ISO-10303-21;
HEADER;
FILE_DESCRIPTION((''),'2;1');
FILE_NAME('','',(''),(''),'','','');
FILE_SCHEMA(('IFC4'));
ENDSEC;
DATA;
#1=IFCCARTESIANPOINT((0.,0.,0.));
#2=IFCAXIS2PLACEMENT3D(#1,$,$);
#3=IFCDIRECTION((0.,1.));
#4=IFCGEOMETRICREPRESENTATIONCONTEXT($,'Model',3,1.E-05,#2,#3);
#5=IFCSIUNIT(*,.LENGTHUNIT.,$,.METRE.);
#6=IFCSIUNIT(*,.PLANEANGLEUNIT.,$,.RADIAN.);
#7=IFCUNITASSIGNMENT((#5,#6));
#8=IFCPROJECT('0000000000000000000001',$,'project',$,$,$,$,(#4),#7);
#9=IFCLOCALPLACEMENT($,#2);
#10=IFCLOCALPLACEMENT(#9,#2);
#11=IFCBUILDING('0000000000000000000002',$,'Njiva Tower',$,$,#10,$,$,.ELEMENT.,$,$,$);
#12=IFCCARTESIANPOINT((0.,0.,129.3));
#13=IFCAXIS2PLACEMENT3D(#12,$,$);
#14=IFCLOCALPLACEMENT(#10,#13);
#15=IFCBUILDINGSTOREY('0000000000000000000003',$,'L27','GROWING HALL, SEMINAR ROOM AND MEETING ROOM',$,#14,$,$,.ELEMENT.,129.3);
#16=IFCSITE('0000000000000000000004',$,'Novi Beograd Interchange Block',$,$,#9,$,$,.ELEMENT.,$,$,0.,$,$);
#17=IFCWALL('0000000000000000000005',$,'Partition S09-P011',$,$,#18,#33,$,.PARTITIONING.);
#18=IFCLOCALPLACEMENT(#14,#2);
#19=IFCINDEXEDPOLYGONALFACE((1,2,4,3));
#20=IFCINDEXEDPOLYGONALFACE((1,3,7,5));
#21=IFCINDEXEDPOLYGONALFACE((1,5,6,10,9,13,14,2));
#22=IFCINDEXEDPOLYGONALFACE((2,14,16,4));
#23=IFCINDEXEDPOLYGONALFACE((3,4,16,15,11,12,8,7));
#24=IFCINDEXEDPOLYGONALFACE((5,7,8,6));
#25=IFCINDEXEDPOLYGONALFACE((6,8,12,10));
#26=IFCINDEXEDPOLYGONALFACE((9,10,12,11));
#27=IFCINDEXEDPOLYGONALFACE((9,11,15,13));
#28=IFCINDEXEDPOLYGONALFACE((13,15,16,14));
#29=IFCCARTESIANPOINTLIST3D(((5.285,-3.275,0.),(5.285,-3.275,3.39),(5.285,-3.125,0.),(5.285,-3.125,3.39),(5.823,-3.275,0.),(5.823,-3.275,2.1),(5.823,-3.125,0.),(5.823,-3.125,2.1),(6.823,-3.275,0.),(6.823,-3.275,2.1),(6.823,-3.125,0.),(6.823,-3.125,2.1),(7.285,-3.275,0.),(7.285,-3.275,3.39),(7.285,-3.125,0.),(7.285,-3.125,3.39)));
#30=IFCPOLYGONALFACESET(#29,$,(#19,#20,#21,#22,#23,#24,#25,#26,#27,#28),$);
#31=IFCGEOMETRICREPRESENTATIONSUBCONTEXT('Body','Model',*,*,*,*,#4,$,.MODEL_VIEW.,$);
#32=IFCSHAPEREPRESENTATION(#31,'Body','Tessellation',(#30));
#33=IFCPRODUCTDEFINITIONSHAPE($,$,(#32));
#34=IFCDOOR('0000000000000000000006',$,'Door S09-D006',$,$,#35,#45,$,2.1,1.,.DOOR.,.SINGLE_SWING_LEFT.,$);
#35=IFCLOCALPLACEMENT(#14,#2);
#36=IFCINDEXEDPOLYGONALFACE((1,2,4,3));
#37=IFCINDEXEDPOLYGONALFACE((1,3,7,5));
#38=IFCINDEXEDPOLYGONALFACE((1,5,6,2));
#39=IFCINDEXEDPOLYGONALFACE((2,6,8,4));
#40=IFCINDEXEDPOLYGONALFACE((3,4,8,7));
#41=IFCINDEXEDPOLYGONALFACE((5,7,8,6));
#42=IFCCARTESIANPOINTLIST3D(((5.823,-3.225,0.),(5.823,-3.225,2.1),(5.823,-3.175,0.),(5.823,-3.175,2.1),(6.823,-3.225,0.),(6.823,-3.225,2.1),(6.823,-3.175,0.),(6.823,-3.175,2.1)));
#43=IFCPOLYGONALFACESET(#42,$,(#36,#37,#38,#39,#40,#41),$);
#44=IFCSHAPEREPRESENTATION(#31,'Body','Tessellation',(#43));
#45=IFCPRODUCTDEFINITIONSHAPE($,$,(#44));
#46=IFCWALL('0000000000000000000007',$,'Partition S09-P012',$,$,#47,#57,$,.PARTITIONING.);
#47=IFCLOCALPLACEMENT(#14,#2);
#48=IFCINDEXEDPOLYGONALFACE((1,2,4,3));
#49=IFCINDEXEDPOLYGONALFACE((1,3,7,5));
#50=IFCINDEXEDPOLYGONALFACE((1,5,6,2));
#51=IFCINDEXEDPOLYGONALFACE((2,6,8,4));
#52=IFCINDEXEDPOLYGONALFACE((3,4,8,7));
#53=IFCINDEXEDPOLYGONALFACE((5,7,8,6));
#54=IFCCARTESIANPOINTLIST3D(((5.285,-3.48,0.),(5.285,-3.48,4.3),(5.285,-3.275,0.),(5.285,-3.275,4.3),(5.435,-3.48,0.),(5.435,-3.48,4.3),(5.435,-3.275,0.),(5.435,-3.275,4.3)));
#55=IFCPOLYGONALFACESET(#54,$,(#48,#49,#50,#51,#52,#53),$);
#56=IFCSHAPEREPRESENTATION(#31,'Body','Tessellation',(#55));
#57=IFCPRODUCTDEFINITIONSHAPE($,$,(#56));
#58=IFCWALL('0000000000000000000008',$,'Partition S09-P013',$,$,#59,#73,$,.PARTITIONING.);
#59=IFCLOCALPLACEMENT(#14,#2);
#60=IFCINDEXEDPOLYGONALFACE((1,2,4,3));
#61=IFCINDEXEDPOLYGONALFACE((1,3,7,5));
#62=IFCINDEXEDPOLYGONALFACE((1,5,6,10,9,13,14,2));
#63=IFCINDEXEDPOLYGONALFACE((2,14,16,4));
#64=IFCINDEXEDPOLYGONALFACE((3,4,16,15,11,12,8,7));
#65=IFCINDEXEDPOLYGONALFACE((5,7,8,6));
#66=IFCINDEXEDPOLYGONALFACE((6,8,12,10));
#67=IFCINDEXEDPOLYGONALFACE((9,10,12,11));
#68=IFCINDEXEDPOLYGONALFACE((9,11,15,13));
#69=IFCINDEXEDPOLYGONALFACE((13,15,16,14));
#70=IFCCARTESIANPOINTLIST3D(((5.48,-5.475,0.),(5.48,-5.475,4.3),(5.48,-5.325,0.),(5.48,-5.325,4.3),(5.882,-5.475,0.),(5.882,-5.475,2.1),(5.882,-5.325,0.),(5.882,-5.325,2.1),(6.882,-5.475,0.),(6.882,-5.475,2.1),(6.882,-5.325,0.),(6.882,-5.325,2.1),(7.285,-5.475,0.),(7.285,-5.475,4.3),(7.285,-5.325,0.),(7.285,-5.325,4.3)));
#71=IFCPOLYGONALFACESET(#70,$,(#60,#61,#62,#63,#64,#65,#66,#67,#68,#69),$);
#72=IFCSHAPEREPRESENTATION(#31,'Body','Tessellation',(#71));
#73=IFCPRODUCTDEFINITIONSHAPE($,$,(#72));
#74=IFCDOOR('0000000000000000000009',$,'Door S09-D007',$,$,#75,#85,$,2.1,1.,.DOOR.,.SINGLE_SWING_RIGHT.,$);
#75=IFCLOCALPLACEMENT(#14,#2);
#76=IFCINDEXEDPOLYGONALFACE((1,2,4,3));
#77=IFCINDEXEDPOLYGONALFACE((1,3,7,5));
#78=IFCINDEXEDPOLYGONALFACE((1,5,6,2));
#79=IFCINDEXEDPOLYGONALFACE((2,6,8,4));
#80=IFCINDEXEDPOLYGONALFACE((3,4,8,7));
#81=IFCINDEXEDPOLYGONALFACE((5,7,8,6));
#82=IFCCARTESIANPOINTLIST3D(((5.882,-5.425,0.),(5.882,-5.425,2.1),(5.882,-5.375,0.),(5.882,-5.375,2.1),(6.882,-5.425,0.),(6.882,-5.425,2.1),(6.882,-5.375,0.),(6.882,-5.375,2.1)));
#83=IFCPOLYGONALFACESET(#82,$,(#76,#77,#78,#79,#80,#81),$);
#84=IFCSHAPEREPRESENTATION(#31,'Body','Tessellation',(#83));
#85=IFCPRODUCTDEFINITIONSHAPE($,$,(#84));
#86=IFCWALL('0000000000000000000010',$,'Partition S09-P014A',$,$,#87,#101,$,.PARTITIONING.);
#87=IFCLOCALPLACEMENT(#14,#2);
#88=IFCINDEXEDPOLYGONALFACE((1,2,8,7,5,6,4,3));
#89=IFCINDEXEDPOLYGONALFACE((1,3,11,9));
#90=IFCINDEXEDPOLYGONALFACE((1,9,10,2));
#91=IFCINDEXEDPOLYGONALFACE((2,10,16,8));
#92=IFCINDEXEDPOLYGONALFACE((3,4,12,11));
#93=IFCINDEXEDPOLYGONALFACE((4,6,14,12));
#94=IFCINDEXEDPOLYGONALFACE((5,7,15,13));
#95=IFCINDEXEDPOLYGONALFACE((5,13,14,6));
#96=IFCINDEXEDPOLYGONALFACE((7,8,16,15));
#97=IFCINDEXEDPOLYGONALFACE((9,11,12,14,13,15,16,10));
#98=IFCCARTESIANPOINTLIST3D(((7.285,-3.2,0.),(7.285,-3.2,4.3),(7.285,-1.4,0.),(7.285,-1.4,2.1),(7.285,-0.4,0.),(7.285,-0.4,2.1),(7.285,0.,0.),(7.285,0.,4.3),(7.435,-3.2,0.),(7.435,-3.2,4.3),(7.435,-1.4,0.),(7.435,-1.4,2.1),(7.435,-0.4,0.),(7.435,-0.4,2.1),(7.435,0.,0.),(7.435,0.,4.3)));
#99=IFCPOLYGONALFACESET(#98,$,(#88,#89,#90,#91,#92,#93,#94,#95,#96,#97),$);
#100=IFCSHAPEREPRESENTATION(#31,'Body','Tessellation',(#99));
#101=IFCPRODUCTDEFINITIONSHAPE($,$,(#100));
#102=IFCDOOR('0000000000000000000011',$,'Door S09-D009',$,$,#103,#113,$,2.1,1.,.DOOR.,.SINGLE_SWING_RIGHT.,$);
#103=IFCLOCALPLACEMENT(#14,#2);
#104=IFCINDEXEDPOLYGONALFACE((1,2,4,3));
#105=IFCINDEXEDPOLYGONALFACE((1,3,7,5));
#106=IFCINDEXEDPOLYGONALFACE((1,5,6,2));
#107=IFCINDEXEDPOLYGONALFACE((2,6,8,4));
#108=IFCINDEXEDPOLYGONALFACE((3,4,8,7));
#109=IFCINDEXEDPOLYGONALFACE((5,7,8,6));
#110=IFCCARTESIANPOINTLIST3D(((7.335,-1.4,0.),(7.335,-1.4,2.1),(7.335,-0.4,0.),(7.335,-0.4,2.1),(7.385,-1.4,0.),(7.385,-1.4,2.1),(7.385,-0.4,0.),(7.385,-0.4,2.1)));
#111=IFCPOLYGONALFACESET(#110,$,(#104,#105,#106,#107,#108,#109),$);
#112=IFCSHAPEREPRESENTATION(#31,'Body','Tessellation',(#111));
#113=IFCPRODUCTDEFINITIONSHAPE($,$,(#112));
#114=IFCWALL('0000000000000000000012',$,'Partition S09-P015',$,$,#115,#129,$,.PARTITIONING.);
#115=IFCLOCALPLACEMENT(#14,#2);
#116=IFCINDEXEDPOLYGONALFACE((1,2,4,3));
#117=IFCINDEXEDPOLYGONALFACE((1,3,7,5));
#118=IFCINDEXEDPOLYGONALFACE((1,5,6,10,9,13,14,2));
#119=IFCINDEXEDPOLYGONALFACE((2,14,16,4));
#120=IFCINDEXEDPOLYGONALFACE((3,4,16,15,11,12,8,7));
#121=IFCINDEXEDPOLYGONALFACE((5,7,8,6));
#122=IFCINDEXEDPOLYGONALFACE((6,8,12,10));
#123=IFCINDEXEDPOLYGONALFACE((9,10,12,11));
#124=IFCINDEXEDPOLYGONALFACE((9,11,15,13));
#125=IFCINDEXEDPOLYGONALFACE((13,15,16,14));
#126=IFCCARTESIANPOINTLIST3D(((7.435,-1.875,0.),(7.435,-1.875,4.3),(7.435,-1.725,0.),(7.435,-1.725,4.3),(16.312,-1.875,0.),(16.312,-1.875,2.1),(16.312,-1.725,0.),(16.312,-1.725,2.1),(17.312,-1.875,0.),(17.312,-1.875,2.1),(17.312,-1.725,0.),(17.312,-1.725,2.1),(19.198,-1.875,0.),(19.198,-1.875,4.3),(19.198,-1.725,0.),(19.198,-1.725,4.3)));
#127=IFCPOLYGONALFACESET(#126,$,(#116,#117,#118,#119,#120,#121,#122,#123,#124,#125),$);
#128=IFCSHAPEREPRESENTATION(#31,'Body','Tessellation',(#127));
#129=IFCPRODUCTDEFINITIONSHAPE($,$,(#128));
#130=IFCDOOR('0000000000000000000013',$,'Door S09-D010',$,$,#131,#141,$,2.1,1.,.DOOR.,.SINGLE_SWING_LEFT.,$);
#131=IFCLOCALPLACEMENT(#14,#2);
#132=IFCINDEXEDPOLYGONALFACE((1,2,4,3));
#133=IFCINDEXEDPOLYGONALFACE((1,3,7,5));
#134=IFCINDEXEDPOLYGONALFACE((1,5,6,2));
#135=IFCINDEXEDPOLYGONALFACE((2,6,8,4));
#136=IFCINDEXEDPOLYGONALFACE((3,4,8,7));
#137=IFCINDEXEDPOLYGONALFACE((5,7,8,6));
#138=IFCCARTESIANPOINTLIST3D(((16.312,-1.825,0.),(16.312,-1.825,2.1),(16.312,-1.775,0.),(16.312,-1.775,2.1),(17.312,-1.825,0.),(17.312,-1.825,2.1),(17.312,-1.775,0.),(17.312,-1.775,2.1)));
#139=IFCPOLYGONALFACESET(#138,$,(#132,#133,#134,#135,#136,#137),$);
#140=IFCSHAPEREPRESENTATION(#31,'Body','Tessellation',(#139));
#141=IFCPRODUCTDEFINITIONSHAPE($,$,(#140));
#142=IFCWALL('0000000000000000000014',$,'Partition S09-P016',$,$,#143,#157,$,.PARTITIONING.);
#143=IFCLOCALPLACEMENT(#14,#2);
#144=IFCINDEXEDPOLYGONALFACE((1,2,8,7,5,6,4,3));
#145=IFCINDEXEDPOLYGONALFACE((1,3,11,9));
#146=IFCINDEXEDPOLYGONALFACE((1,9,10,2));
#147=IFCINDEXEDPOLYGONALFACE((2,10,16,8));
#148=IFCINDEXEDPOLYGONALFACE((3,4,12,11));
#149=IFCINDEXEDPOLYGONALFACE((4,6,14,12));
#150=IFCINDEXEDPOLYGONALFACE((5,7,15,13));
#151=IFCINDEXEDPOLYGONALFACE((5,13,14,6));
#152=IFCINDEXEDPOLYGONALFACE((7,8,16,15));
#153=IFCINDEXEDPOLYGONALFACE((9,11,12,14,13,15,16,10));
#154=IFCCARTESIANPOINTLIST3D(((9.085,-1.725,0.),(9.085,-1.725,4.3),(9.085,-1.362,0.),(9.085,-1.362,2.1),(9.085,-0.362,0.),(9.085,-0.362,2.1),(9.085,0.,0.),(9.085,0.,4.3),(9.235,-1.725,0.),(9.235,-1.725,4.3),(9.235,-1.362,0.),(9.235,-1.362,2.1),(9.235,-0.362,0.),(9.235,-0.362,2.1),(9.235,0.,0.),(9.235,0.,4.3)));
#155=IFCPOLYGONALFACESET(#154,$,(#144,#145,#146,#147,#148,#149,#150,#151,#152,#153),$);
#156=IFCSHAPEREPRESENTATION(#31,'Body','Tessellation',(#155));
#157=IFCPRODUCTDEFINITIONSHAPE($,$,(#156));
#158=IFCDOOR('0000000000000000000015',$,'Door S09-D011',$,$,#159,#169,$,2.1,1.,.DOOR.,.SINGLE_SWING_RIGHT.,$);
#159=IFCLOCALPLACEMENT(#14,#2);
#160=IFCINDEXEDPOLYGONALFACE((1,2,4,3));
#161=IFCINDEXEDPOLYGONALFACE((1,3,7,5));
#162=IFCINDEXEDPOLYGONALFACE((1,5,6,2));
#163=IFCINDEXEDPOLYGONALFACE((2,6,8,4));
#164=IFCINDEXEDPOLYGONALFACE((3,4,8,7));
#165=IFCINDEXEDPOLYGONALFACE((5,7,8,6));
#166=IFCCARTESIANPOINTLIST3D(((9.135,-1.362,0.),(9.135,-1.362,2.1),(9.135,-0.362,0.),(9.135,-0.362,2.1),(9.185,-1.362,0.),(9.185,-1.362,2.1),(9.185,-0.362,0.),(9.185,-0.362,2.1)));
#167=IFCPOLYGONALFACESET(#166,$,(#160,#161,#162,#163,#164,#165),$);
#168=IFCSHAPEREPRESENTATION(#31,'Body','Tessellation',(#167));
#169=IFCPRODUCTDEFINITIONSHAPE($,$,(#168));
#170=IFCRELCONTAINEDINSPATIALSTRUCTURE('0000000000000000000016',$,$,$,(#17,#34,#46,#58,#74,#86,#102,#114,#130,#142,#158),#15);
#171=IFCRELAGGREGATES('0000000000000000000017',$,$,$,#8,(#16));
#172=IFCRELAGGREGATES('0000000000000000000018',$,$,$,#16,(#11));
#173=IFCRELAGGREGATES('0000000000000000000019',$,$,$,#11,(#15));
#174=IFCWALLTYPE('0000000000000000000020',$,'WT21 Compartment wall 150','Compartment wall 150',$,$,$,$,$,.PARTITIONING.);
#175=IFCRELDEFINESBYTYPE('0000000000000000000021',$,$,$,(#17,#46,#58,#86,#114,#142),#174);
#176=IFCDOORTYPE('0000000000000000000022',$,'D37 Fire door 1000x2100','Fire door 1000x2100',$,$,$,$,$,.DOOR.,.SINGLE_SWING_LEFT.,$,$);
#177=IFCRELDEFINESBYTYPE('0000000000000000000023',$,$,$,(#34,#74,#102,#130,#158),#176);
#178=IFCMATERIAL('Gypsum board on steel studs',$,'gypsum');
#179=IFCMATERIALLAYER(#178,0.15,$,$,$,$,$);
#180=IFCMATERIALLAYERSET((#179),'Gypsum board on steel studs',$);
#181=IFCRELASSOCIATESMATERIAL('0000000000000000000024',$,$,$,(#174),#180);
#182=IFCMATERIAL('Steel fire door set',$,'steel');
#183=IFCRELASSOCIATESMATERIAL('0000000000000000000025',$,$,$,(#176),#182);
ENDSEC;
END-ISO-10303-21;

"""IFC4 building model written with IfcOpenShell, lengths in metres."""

from ifc_helpers import new_model, si_unit, direction, frame, frame_2d, origin, place, context, subcontext, project, spatial, rectangle, extrude, material, layer, layer_set, type_object, element, fill, save


model = new_model("IFC4")

# Units and contexts
model_context = context("Model", 3, precision=1e-05, world=origin(), true_north=direction((0.0, 1.0)))
body_context = subcontext(model_context, "Body", "Model", "MODEL_VIEW")
ifc_project = project(units=[si_unit("LENGTHUNIT", "METRE"), si_unit("PLANEANGLEUNIT", "RADIAN")], contexts=[model_context])

# Site, building, storey
site_placement = place(None, origin())
site = spatial("IfcSite", under=ifc_project, at=site_placement, Name="Novi Beograd Interchange Block", CompositionType="ELEMENT", RefElevation=0.0)
building_placement = place(site_placement, origin())
building = spatial("IfcBuilding", under=site, at=building_placement, Name="Njiva Tower", CompositionType="ELEMENT")
storey_placement = place(building_placement, frame((0.0, 0.0, 129.3)))
storey = spatial("IfcBuildingStorey", under=building, at=storey_placement, Name="L27", Description="GROWING HALL, SEMINAR ROOM AND MEETING ROOM", CompositionType="ELEMENT", Elevation=129.3)

# Wall, opening, door
ifc_material_1 = material(Name="Gypsum board on steel studs", Category="gypsum")
ifc_layer_1 = layer(ifc_material_1, 0.15)
ifc_layer_set_1 = layer_set([ifc_layer_1], Name="Gypsum board on steel studs")
wall_type_1 = type_object("IfcWallType", Name="WT21 Compartment wall 150", Description="Compartment wall 150", PredefinedType="PARTITIONING", material=ifc_layer_set_1)
wall_1_placement = place(storey_placement, frame((5.285, -3.2, 0.0), z_axis=(0.0, 0.0, 1.0), x_axis=(1.0, 0.0, 0.0)))
wall_1 = element("IfcWall", 1, at=wall_1_placement, inside=storey, type_object=wall_type_1, Name="Partition S09-P011", PredefinedType="PARTITIONING", context=body_context, shape_type="SweptSolid", body=[
    extrude(rectangle(XDim=2.0, YDim=0.15, at=frame_2d((1.0, 0.0))), origin(), (0.0, 0.0, 1.0), 3.39),
])
opening_1_placement = place(wall_1_placement, frame((0.538, 0.0, 0.0)))
opening_1 = element("IfcOpeningElement", 2, at=opening_1_placement, cuts=wall_1, PredefinedType="OPENING", context=body_context, shape_type="SweptSolid", body=[
    extrude(rectangle(XDim=1.0, YDim=2.1, at=frame_2d((0.5, 1.05))), frame((0.0, 0.085, 0.0), z_axis=(0.0, -1.0, 0.0), x_axis=(1.0, 0.0, 0.0)), (0.0, 0.0, 1.0), 0.17),
])
ifc_material_2 = material(Name="Steel fire door set", Category="steel")
door_type = type_object("IfcDoorType", Name="D37 Fire door 1000x2100", Description="Fire door 1000x2100", OperationType="SINGLE_SWING_LEFT", PredefinedType="DOOR", material=ifc_material_2)
door_1_placement = place(opening_1_placement, origin())
door_1 = element("IfcDoor", 3, at=door_1_placement, inside=storey, type_object=door_type, Name="Door S09-D006", OperationType="SINGLE_SWING_LEFT", OverallHeight=2.1, OverallWidth=1.0, PredefinedType="DOOR", context=body_context, shape_type="SweptSolid", body=[
    extrude(rectangle(XDim=1.0, YDim=2.1, at=frame_2d((0.5, 1.05))), frame((0.0, 0.025, 0.0), z_axis=(0.0, -1.0, 0.0), x_axis=(1.0, 0.0, 0.0)), (0.0, 0.0, 1.0), 0.05),
])
fill(opening_1, door_1)

# Wall
wall_2_placement = place(storey_placement, frame((5.36, -3.48, 0.0), z_axis=(0.0, 0.0, 1.0), x_axis=(0.0, 1.0, 0.0)))
element("IfcWall", 4, at=wall_2_placement, inside=storey, type_object=wall_type_1, Name="Partition S09-P012", PredefinedType="PARTITIONING", context=body_context, shape_type="SweptSolid", body=[
    extrude(rectangle(XDim=0.205, YDim=0.15, at=frame_2d((0.1025, 0.0))), origin(), (0.0, 0.0, 1.0), 4.3),
])

# Walls, openings, doors
wall_3_placement = place(storey_placement, frame((5.48, -5.4, 0.0), z_axis=(0.0, 0.0, 1.0), x_axis=(1.0, 0.0, 0.0)))
wall_3 = element("IfcWall", 5, at=wall_3_placement, inside=storey, type_object=wall_type_1, Name="Partition S09-P013", PredefinedType="PARTITIONING", context=body_context, shape_type="SweptSolid", body=[
    extrude(rectangle(XDim=1.805, YDim=0.15, at=frame_2d((0.9025, 0.0))), origin(), (0.0, 0.0, 1.0), 4.3),
])
opening_2_placement = place(wall_3_placement, frame((0.402, 0.0, 0.0)))
opening_2 = element("IfcOpeningElement", 6, at=opening_2_placement, cuts=wall_3, PredefinedType="OPENING", context=body_context, shape_type="SweptSolid", body=[
    extrude(rectangle(XDim=1.0, YDim=2.1, at=frame_2d((0.5, 1.05))), frame((0.0, 0.085, 0.0), z_axis=(0.0, -1.0, 0.0), x_axis=(1.0, 0.0, 0.0)), (0.0, 0.0, 1.0), 0.17),
])
door_2_placement = place(opening_2_placement, origin())
door_2 = element("IfcDoor", 7, at=door_2_placement, inside=storey, type_object=door_type, Name="Door S09-D007", OperationType="SINGLE_SWING_RIGHT", OverallHeight=2.1, OverallWidth=1.0, PredefinedType="DOOR", context=body_context, shape_type="SweptSolid", body=[
    extrude(rectangle(XDim=1.0, YDim=2.1, at=frame_2d((0.5, 1.05))), frame((0.0, 0.025, 0.0), z_axis=(0.0, -1.0, 0.0), x_axis=(1.0, 0.0, 0.0)), (0.0, 0.0, 1.0), 0.05),
])
fill(opening_2, door_2)
wall_4_placement = place(storey_placement, frame((7.36, -3.2, 0.0), z_axis=(0.0, 0.0, 1.0), x_axis=(0.0, 1.0, 0.0)))
wall_4 = element("IfcWall", 8, at=wall_4_placement, inside=storey, type_object=wall_type_1, Name="Partition S09-P014A", PredefinedType="PARTITIONING", context=body_context, shape_type="SweptSolid", body=[
    extrude(rectangle(XDim=3.2, YDim=0.15, at=frame_2d((1.6, 0.0))), origin(), (0.0, 0.0, 1.0), 4.3),
])
opening_3_placement = place(wall_4_placement, frame((1.8, 0.0, 0.0)))
opening_3 = element("IfcOpeningElement", 9, at=opening_3_placement, cuts=wall_4, PredefinedType="OPENING", context=body_context, shape_type="SweptSolid", body=[
    extrude(rectangle(XDim=1.0, YDim=2.1, at=frame_2d((0.5, 1.05))), frame((0.0, 0.085, 0.0), z_axis=(0.0, -1.0, 0.0), x_axis=(1.0, 0.0, 0.0)), (0.0, 0.0, 1.0), 0.17),
])
door_3_placement = place(opening_3_placement, origin())
door_3 = element("IfcDoor", 10, at=door_3_placement, inside=storey, type_object=door_type, Name="Door S09-D009", OperationType="SINGLE_SWING_RIGHT", OverallHeight=2.1, OverallWidth=1.0, PredefinedType="DOOR", context=body_context, shape_type="SweptSolid", body=[
    extrude(rectangle(XDim=1.0, YDim=2.1, at=frame_2d((0.5, 1.05))), frame((0.0, 0.025, 0.0), z_axis=(0.0, -1.0, 0.0), x_axis=(1.0, 0.0, 0.0)), (0.0, 0.0, 1.0), 0.05),
])
fill(opening_3, door_3)
wall_5_placement = place(storey_placement, frame((7.435, -1.8, 0.0), z_axis=(0.0, 0.0, 1.0), x_axis=(1.0, 0.0, 0.0)))
wall_5 = element("IfcWall", 11, at=wall_5_placement, inside=storey, type_object=wall_type_1, Name="Partition S09-P015", PredefinedType="PARTITIONING", context=body_context, shape_type="SweptSolid", body=[
    extrude(rectangle(XDim=11.763, YDim=0.15, at=frame_2d((5.8815, 0.0))), origin(), (0.0, 0.0, 1.0), 4.3),
])
opening_4_placement = place(wall_5_placement, frame((8.877, 0.0, 0.0)))
opening_4 = element("IfcOpeningElement", 12, at=opening_4_placement, cuts=wall_5, PredefinedType="OPENING", context=body_context, shape_type="SweptSolid", body=[
    extrude(rectangle(XDim=1.0, YDim=2.1, at=frame_2d((0.5, 1.05))), frame((0.0, 0.085, 0.0), z_axis=(0.0, -1.0, 0.0), x_axis=(1.0, 0.0, 0.0)), (0.0, 0.0, 1.0), 0.17),
])
door_4_placement = place(opening_4_placement, origin())
door_4 = element("IfcDoor", 13, at=door_4_placement, inside=storey, type_object=door_type, Name="Door S09-D010", OperationType="SINGLE_SWING_LEFT", OverallHeight=2.1, OverallWidth=1.0, PredefinedType="DOOR", context=body_context, shape_type="SweptSolid", body=[
    extrude(rectangle(XDim=1.0, YDim=2.1, at=frame_2d((0.5, 1.05))), frame((0.0, 0.025, 0.0), z_axis=(0.0, -1.0, 0.0), x_axis=(1.0, 0.0, 0.0)), (0.0, 0.0, 1.0), 0.05),
])
fill(opening_4, door_4)
wall_6_placement = place(storey_placement, frame((9.16, -1.725, 0.0), z_axis=(0.0, 0.0, 1.0), x_axis=(0.0, 1.0, 0.0)))
wall_6 = element("IfcWall", 14, at=wall_6_placement, inside=storey, type_object=wall_type_1, Name="Partition S09-P016", PredefinedType="PARTITIONING", context=body_context, shape_type="SweptSolid", body=[
    extrude(rectangle(XDim=1.725, YDim=0.15, at=frame_2d((0.8625, 0.0))), origin(), (0.0, 0.0, 1.0), 4.3),
])
opening_5_placement = place(wall_6_placement, frame((0.363, 0.0, 0.0)))
opening_5 = element("IfcOpeningElement", 15, at=opening_5_placement, cuts=wall_6, PredefinedType="OPENING", context=body_context, shape_type="SweptSolid", body=[
    extrude(rectangle(XDim=1.0, YDim=2.1, at=frame_2d((0.5, 1.05))), frame((0.0, 0.085, 0.0), z_axis=(0.0, -1.0, 0.0), x_axis=(1.0, 0.0, 0.0)), (0.0, 0.0, 1.0), 0.17),
])
door_5_placement = place(opening_5_placement, origin())
door_5 = element("IfcDoor", 16, at=door_5_placement, inside=storey, type_object=door_type, Name="Door S09-D011", OperationType="SINGLE_SWING_RIGHT", OverallHeight=2.1, OverallWidth=1.0, PredefinedType="DOOR", context=body_context, shape_type="SweptSolid", body=[
    extrude(rectangle(XDim=1.0, YDim=2.1, at=frame_2d((0.5, 1.05))), frame((0.0, 0.025, 0.0), z_axis=(0.0, -1.0, 0.0), x_axis=(1.0, 0.0, 0.0)), (0.0, 0.0, 1.0), 0.05),
])
fill(opening_5, door_5)

save(model, "model.ifc")
